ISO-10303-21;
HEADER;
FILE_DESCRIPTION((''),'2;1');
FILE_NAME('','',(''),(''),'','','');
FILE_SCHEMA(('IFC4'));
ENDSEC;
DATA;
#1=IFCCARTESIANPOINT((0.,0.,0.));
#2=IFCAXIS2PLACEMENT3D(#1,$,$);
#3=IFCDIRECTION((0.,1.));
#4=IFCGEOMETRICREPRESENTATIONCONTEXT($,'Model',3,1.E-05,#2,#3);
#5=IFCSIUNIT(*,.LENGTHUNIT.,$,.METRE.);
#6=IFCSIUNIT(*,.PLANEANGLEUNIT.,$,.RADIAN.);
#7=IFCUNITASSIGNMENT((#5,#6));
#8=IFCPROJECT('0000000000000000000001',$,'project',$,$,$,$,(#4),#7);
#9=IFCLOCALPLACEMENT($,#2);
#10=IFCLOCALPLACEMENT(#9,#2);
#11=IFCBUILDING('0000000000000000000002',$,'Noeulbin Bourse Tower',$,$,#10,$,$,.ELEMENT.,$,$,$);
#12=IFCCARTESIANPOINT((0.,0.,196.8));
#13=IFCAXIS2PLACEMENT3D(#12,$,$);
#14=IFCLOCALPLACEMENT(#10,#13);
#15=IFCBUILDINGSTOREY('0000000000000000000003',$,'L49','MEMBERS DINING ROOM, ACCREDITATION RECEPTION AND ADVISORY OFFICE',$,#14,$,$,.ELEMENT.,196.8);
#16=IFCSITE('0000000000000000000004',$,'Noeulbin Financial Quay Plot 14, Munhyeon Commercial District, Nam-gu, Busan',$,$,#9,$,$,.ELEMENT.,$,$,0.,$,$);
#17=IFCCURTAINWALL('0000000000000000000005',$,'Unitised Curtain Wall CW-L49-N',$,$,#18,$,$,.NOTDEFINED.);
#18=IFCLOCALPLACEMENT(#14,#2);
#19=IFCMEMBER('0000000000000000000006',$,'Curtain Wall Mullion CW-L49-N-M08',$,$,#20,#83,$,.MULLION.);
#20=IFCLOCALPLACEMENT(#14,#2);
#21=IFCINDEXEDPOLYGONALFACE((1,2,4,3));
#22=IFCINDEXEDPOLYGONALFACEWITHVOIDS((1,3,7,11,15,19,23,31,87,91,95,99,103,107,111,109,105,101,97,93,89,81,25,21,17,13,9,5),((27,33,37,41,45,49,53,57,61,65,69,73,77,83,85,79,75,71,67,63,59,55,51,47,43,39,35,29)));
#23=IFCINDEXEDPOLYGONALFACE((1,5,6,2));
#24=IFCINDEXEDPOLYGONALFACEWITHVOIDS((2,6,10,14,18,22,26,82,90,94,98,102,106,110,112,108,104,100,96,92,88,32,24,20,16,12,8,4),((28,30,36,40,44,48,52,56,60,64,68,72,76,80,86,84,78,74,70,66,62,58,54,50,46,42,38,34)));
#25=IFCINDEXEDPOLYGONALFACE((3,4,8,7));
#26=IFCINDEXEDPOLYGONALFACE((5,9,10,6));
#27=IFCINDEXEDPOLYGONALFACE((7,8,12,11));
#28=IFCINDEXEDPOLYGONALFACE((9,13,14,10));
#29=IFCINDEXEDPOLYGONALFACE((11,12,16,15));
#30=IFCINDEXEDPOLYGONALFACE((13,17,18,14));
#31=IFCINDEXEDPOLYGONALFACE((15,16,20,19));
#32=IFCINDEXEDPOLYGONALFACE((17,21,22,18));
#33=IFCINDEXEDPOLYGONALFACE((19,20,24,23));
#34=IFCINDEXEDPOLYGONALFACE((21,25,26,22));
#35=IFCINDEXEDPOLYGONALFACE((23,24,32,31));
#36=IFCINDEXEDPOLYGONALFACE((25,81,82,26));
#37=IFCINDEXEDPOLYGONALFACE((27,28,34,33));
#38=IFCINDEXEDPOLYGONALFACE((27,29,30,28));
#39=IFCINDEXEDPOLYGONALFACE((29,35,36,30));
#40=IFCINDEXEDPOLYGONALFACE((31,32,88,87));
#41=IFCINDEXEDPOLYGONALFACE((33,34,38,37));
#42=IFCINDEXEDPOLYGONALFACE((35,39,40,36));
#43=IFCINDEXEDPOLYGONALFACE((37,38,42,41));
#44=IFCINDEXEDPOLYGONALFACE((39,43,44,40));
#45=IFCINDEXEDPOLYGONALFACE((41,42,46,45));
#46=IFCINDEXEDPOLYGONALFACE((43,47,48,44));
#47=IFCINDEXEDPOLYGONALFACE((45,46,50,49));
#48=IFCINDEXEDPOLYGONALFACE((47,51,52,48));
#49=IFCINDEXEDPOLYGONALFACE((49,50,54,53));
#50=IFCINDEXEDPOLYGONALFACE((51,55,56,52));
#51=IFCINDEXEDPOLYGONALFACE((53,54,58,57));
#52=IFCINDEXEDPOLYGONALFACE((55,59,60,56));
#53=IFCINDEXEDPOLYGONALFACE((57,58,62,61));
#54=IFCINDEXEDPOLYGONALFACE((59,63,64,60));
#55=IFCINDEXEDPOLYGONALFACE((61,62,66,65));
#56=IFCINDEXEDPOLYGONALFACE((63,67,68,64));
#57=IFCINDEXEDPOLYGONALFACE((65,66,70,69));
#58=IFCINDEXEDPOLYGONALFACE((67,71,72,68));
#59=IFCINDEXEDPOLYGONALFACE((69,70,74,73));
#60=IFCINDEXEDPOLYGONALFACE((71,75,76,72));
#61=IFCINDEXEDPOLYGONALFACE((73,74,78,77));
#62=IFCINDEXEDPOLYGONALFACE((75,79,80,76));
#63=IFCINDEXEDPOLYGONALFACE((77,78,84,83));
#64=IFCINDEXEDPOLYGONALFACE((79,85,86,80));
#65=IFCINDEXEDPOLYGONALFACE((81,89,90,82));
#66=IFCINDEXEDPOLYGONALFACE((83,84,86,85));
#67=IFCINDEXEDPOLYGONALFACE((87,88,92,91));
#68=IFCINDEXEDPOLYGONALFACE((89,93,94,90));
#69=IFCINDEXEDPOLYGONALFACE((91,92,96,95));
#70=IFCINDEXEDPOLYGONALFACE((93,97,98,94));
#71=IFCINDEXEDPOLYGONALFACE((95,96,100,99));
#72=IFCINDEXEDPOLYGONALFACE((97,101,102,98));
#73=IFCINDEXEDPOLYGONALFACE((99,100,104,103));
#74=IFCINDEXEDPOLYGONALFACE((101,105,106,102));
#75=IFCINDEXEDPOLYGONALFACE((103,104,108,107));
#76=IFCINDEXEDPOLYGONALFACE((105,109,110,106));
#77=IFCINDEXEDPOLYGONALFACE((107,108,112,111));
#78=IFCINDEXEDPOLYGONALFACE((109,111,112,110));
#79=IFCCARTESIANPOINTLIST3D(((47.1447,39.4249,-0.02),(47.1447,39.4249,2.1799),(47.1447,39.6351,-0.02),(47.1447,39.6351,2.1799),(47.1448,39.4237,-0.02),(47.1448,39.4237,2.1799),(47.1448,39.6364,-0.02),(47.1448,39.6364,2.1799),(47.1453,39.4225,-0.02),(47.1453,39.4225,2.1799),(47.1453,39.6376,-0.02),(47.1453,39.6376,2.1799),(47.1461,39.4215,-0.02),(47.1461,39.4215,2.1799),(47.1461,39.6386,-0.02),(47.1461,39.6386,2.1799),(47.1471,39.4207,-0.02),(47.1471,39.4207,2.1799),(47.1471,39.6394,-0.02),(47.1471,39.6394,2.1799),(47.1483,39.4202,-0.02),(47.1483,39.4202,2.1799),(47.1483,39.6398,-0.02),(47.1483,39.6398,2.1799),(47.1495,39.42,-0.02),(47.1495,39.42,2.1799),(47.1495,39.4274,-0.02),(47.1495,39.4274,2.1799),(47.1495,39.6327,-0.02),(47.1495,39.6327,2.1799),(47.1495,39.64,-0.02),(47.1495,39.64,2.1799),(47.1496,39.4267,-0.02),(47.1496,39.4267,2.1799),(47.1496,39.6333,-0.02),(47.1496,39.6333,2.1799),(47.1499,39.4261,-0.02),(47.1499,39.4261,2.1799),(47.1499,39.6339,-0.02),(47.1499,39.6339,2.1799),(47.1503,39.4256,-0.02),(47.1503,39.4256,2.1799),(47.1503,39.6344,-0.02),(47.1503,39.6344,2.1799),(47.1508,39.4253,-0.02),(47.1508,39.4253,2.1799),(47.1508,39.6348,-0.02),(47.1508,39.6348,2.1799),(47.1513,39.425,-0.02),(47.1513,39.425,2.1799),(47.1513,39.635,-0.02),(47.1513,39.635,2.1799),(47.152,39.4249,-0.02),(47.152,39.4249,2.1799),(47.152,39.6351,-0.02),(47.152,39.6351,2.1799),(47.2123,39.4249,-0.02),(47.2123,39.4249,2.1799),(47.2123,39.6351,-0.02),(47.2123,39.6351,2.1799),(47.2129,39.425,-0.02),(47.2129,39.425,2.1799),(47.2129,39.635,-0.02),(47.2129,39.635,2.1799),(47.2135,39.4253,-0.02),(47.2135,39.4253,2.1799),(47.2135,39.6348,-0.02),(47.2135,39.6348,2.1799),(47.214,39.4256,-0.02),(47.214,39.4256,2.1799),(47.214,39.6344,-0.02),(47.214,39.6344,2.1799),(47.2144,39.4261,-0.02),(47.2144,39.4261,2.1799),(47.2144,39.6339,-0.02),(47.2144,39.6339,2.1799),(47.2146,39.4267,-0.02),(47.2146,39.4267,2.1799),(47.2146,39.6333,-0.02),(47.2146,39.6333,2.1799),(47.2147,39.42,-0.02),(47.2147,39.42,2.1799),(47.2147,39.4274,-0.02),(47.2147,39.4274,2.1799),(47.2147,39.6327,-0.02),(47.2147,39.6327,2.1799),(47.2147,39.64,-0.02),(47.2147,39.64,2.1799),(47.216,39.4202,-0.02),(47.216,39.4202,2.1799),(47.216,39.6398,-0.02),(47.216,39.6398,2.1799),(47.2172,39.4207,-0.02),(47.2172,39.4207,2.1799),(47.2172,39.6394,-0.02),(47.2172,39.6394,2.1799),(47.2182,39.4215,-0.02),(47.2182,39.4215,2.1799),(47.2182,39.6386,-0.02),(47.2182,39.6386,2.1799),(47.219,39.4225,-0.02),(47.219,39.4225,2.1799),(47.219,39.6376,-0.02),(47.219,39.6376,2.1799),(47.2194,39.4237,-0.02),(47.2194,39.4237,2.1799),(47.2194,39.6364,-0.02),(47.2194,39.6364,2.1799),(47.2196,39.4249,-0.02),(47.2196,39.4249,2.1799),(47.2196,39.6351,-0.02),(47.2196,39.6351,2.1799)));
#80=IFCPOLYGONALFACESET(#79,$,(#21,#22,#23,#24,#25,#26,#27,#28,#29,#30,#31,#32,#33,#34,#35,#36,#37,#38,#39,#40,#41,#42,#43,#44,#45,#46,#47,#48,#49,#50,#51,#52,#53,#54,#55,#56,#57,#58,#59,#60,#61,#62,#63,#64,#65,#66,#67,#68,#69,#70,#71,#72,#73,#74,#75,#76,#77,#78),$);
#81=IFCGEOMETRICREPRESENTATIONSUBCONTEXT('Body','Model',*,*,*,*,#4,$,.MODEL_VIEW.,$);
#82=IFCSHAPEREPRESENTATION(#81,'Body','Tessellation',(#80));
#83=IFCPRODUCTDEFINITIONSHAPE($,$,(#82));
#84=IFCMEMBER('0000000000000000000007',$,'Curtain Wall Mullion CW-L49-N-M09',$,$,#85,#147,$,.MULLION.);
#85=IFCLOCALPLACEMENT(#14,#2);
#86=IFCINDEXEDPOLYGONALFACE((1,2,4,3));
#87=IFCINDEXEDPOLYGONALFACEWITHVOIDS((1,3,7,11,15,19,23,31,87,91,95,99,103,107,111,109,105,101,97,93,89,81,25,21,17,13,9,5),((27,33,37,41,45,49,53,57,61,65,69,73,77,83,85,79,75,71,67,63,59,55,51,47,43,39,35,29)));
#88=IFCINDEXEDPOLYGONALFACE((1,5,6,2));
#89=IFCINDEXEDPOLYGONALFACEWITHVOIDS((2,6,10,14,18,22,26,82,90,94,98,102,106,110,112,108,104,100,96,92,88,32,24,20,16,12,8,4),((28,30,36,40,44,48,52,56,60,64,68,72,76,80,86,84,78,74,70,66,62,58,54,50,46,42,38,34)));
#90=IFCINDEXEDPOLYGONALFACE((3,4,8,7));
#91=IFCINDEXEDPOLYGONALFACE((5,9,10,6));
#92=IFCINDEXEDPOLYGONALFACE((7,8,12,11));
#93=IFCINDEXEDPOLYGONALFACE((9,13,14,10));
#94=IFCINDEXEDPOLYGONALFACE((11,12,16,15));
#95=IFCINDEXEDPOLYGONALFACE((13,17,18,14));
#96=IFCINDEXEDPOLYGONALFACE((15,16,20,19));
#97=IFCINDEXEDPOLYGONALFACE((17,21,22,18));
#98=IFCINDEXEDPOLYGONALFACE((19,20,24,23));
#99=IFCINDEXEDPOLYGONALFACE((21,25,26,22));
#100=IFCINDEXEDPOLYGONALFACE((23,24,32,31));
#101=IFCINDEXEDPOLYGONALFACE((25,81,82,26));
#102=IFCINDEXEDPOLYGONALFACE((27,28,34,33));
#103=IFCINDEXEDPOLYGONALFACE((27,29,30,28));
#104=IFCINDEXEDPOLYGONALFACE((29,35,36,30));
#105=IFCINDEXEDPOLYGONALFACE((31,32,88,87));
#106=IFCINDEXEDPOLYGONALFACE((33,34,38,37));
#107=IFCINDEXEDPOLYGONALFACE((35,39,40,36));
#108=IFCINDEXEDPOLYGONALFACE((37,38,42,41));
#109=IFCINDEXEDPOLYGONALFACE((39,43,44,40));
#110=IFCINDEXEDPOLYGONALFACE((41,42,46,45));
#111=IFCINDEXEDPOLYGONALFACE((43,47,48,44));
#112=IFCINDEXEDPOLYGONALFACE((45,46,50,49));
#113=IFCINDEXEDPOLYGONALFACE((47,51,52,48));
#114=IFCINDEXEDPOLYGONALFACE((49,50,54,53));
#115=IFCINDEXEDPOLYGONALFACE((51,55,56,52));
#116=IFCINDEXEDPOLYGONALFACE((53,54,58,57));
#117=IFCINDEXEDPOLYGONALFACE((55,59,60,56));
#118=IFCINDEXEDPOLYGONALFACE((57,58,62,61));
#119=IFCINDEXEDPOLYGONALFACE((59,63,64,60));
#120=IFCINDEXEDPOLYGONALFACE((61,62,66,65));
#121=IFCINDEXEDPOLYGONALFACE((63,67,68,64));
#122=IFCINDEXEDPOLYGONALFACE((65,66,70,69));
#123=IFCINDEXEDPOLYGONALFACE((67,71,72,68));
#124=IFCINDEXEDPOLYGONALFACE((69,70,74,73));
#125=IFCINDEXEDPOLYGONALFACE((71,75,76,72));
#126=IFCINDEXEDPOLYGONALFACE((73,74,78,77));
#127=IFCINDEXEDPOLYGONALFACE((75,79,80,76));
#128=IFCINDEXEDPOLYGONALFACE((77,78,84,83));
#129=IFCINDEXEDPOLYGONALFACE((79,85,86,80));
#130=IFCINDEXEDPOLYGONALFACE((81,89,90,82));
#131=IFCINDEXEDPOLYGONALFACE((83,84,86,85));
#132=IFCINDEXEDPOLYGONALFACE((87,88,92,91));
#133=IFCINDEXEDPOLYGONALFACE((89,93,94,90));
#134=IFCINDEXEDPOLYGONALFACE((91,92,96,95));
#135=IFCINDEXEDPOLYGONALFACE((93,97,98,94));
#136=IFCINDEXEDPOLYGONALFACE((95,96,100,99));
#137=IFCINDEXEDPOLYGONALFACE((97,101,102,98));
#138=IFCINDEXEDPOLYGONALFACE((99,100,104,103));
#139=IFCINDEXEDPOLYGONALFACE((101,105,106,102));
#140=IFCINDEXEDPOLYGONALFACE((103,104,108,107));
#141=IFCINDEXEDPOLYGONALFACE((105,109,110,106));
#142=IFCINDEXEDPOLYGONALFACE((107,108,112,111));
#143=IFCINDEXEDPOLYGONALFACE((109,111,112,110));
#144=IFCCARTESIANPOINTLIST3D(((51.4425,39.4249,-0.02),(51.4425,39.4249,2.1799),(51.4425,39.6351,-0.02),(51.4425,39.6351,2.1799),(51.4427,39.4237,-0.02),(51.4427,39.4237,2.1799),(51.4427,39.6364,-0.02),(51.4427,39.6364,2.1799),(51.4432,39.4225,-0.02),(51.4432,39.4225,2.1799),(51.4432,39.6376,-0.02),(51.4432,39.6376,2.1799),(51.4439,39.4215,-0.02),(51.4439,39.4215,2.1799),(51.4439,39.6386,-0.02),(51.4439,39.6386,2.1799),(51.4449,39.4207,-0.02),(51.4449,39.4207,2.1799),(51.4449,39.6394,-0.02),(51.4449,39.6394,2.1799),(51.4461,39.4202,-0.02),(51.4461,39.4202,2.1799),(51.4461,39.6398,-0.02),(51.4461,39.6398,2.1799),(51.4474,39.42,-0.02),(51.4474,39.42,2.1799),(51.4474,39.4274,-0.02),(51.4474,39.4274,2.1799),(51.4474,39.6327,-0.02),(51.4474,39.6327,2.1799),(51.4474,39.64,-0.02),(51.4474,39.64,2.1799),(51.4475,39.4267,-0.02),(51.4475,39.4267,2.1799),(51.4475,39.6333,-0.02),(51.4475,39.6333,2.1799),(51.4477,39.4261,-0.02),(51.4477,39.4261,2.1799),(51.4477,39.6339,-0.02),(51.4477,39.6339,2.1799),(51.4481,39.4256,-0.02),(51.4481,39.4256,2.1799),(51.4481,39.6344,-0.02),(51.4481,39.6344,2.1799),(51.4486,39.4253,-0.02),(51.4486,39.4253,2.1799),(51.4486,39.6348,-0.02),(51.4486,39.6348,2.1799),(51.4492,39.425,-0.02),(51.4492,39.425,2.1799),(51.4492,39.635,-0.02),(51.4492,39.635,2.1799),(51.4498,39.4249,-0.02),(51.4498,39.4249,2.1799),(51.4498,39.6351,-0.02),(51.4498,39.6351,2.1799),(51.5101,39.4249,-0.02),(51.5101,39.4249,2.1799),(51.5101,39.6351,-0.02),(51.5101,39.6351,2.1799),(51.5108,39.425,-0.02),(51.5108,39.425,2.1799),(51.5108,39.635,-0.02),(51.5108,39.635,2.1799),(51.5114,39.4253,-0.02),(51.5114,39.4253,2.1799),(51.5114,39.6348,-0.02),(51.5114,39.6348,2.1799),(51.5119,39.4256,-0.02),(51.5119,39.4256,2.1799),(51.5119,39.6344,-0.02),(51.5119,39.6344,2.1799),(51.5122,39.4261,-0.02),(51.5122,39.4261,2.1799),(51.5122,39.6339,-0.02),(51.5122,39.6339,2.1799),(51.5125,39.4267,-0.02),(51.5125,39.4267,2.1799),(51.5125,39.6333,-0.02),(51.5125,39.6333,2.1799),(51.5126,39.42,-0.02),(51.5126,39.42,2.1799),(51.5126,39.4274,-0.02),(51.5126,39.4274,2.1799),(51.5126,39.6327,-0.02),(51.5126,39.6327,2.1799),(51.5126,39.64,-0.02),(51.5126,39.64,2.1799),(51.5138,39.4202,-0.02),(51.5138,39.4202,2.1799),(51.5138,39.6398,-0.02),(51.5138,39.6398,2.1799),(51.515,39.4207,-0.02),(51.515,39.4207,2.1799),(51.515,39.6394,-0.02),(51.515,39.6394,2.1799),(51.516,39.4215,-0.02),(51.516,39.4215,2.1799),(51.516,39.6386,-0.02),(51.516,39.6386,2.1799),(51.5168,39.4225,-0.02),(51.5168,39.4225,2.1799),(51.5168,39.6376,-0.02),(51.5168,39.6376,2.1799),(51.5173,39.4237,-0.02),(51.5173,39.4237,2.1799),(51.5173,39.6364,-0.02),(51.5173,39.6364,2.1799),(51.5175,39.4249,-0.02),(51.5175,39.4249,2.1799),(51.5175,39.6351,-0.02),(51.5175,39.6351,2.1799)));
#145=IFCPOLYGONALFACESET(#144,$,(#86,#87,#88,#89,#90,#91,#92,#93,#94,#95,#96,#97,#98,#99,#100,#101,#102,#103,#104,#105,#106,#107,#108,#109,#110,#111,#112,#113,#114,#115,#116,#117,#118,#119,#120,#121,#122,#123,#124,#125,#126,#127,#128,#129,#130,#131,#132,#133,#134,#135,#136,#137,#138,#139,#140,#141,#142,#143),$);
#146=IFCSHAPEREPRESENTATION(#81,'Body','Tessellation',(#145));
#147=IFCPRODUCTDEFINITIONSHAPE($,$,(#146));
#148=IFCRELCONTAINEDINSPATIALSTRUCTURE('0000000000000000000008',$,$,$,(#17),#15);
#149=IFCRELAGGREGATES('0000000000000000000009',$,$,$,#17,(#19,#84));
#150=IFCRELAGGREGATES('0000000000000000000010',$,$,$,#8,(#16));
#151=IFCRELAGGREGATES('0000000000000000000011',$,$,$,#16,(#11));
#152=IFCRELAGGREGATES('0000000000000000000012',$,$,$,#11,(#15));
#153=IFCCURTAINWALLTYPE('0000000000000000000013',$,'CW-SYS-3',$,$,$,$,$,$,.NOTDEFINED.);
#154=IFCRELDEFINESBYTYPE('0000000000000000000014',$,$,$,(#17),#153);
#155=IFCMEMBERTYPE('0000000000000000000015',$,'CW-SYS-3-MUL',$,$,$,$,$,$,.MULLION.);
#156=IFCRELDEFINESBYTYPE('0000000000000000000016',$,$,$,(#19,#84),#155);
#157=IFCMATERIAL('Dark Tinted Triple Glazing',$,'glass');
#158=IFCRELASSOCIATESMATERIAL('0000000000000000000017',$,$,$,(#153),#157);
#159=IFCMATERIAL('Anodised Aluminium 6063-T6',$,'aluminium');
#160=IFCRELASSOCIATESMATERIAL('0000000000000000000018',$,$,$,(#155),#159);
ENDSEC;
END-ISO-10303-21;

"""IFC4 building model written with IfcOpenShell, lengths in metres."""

from ifc_helpers import new_model, si_unit, direction, frame, origin, origin_2d, place, context, subcontext, project, spatial, hollow_rectangle, extrude, material, material_profile, profile_set, type_object, element, aggregate, save


model = new_model("IFC4")

# Units and contexts
model_context = context("Model", 3, precision=1e-05, world=origin(), true_north=direction((0.0, 1.0)))
body_context = subcontext(model_context, "Body", "Model", "MODEL_VIEW")
ifc_project = project(units=[si_unit("LENGTHUNIT", "METRE"), si_unit("PLANEANGLEUNIT", "RADIAN")], contexts=[model_context])

# Site, building, storey
site_placement = place(None, origin())
site = spatial("IfcSite", under=ifc_project, at=site_placement, Name="Noeulbin Financial Quay Plot 14, Munhyeon Commercial District, Nam-gu, Busan", CompositionType="ELEMENT", RefElevation=0.0)
building_placement = place(site_placement, origin())
building = spatial("IfcBuilding", under=site, at=building_placement, Name="Noeulbin Bourse Tower", CompositionType="ELEMENT")
storey_placement = place(building_placement, frame((0.0, 0.0, 196.8)))
storey = spatial("IfcBuildingStorey", under=building, at=storey_placement, Name="L49", Description="MEMBERS DINING ROOM, ACCREDITATION RECEPTION AND ADVISORY OFFICE", CompositionType="ELEMENT", Elevation=196.8)

# Curtain wall, members
ifc_material_1 = material(Name="Dark Tinted Triple Glazing", Category="glass")
curtain_wall_type = type_object("IfcCurtainWallType", Name="CW-SYS-3", PredefinedType="NOTDEFINED", material=ifc_material_1)
curtain_wall_1_placement = place(storey_placement, origin())
curtain_wall_1 = element("IfcCurtainWall", 1, at=curtain_wall_1_placement, inside=storey, type_object=curtain_wall_type, Name="Unitised Curtain Wall CW-L49-N", PredefinedType="NOTDEFINED")
ifc_material_2 = material(Name="Anodised Aluminium 6063-T6", Category="aluminium")
ifc_material_profile_1 = material_profile(ifc_material_2, hollow_rectangle(XDim=0.075, YDim=0.22, WallThickness=0.0049, InnerFilletRadius=0.0024, OuterFilletRadius=0.0049, at=origin_2d()), Name="ALU-MULL-75x220x5", Category="LoadBearing")
ifc_profile_set_1 = profile_set([ifc_material_profile_1], Name="Anodised Aluminium 6063-T6")
member_type_1 = type_object("IfcMemberType", Name="CW-SYS-3-MUL", PredefinedType="MULLION", material=ifc_profile_set_1)
member_1_placement = place(storey_placement, frame((47.1821, 39.53, -0.02), z_axis=(0.0, 0.0, 1.0), x_axis=(1.0, 0.0, 0.0)))
member_1 = element("IfcMember", 2, at=member_1_placement, type_object=member_type_1, Name="Curtain Wall Mullion CW-L49-N-M08", PredefinedType="MULLION", context=body_context, shape_type="SweptSolid", body=[
    extrude(hollow_rectangle(XDim=0.075, YDim=0.22, WallThickness=0.0049, InnerFilletRadius=0.0024, OuterFilletRadius=0.0049, at=origin_2d()), origin(), (0.0, 0.0, 1.0), 2.2),
])
member_2_placement = place(storey_placement, frame((51.48, 39.53, -0.02), z_axis=(0.0, 0.0, 1.0), x_axis=(1.0, 0.0, 0.0)))
member_2 = element("IfcMember", 3, at=member_2_placement, type_object=member_type_1, Name="Curtain Wall Mullion CW-L49-N-M09", PredefinedType="MULLION", context=body_context, shape_type="SweptSolid", body=[
    extrude(hollow_rectangle(XDim=0.075, YDim=0.22, WallThickness=0.0049, InnerFilletRadius=0.0024, OuterFilletRadius=0.0049, at=origin_2d()), origin(), (0.0, 0.0, 1.0), 2.2),
])

aggregate(curtain_wall_1, [member_1, member_2])

save(model, "model.ifc")
